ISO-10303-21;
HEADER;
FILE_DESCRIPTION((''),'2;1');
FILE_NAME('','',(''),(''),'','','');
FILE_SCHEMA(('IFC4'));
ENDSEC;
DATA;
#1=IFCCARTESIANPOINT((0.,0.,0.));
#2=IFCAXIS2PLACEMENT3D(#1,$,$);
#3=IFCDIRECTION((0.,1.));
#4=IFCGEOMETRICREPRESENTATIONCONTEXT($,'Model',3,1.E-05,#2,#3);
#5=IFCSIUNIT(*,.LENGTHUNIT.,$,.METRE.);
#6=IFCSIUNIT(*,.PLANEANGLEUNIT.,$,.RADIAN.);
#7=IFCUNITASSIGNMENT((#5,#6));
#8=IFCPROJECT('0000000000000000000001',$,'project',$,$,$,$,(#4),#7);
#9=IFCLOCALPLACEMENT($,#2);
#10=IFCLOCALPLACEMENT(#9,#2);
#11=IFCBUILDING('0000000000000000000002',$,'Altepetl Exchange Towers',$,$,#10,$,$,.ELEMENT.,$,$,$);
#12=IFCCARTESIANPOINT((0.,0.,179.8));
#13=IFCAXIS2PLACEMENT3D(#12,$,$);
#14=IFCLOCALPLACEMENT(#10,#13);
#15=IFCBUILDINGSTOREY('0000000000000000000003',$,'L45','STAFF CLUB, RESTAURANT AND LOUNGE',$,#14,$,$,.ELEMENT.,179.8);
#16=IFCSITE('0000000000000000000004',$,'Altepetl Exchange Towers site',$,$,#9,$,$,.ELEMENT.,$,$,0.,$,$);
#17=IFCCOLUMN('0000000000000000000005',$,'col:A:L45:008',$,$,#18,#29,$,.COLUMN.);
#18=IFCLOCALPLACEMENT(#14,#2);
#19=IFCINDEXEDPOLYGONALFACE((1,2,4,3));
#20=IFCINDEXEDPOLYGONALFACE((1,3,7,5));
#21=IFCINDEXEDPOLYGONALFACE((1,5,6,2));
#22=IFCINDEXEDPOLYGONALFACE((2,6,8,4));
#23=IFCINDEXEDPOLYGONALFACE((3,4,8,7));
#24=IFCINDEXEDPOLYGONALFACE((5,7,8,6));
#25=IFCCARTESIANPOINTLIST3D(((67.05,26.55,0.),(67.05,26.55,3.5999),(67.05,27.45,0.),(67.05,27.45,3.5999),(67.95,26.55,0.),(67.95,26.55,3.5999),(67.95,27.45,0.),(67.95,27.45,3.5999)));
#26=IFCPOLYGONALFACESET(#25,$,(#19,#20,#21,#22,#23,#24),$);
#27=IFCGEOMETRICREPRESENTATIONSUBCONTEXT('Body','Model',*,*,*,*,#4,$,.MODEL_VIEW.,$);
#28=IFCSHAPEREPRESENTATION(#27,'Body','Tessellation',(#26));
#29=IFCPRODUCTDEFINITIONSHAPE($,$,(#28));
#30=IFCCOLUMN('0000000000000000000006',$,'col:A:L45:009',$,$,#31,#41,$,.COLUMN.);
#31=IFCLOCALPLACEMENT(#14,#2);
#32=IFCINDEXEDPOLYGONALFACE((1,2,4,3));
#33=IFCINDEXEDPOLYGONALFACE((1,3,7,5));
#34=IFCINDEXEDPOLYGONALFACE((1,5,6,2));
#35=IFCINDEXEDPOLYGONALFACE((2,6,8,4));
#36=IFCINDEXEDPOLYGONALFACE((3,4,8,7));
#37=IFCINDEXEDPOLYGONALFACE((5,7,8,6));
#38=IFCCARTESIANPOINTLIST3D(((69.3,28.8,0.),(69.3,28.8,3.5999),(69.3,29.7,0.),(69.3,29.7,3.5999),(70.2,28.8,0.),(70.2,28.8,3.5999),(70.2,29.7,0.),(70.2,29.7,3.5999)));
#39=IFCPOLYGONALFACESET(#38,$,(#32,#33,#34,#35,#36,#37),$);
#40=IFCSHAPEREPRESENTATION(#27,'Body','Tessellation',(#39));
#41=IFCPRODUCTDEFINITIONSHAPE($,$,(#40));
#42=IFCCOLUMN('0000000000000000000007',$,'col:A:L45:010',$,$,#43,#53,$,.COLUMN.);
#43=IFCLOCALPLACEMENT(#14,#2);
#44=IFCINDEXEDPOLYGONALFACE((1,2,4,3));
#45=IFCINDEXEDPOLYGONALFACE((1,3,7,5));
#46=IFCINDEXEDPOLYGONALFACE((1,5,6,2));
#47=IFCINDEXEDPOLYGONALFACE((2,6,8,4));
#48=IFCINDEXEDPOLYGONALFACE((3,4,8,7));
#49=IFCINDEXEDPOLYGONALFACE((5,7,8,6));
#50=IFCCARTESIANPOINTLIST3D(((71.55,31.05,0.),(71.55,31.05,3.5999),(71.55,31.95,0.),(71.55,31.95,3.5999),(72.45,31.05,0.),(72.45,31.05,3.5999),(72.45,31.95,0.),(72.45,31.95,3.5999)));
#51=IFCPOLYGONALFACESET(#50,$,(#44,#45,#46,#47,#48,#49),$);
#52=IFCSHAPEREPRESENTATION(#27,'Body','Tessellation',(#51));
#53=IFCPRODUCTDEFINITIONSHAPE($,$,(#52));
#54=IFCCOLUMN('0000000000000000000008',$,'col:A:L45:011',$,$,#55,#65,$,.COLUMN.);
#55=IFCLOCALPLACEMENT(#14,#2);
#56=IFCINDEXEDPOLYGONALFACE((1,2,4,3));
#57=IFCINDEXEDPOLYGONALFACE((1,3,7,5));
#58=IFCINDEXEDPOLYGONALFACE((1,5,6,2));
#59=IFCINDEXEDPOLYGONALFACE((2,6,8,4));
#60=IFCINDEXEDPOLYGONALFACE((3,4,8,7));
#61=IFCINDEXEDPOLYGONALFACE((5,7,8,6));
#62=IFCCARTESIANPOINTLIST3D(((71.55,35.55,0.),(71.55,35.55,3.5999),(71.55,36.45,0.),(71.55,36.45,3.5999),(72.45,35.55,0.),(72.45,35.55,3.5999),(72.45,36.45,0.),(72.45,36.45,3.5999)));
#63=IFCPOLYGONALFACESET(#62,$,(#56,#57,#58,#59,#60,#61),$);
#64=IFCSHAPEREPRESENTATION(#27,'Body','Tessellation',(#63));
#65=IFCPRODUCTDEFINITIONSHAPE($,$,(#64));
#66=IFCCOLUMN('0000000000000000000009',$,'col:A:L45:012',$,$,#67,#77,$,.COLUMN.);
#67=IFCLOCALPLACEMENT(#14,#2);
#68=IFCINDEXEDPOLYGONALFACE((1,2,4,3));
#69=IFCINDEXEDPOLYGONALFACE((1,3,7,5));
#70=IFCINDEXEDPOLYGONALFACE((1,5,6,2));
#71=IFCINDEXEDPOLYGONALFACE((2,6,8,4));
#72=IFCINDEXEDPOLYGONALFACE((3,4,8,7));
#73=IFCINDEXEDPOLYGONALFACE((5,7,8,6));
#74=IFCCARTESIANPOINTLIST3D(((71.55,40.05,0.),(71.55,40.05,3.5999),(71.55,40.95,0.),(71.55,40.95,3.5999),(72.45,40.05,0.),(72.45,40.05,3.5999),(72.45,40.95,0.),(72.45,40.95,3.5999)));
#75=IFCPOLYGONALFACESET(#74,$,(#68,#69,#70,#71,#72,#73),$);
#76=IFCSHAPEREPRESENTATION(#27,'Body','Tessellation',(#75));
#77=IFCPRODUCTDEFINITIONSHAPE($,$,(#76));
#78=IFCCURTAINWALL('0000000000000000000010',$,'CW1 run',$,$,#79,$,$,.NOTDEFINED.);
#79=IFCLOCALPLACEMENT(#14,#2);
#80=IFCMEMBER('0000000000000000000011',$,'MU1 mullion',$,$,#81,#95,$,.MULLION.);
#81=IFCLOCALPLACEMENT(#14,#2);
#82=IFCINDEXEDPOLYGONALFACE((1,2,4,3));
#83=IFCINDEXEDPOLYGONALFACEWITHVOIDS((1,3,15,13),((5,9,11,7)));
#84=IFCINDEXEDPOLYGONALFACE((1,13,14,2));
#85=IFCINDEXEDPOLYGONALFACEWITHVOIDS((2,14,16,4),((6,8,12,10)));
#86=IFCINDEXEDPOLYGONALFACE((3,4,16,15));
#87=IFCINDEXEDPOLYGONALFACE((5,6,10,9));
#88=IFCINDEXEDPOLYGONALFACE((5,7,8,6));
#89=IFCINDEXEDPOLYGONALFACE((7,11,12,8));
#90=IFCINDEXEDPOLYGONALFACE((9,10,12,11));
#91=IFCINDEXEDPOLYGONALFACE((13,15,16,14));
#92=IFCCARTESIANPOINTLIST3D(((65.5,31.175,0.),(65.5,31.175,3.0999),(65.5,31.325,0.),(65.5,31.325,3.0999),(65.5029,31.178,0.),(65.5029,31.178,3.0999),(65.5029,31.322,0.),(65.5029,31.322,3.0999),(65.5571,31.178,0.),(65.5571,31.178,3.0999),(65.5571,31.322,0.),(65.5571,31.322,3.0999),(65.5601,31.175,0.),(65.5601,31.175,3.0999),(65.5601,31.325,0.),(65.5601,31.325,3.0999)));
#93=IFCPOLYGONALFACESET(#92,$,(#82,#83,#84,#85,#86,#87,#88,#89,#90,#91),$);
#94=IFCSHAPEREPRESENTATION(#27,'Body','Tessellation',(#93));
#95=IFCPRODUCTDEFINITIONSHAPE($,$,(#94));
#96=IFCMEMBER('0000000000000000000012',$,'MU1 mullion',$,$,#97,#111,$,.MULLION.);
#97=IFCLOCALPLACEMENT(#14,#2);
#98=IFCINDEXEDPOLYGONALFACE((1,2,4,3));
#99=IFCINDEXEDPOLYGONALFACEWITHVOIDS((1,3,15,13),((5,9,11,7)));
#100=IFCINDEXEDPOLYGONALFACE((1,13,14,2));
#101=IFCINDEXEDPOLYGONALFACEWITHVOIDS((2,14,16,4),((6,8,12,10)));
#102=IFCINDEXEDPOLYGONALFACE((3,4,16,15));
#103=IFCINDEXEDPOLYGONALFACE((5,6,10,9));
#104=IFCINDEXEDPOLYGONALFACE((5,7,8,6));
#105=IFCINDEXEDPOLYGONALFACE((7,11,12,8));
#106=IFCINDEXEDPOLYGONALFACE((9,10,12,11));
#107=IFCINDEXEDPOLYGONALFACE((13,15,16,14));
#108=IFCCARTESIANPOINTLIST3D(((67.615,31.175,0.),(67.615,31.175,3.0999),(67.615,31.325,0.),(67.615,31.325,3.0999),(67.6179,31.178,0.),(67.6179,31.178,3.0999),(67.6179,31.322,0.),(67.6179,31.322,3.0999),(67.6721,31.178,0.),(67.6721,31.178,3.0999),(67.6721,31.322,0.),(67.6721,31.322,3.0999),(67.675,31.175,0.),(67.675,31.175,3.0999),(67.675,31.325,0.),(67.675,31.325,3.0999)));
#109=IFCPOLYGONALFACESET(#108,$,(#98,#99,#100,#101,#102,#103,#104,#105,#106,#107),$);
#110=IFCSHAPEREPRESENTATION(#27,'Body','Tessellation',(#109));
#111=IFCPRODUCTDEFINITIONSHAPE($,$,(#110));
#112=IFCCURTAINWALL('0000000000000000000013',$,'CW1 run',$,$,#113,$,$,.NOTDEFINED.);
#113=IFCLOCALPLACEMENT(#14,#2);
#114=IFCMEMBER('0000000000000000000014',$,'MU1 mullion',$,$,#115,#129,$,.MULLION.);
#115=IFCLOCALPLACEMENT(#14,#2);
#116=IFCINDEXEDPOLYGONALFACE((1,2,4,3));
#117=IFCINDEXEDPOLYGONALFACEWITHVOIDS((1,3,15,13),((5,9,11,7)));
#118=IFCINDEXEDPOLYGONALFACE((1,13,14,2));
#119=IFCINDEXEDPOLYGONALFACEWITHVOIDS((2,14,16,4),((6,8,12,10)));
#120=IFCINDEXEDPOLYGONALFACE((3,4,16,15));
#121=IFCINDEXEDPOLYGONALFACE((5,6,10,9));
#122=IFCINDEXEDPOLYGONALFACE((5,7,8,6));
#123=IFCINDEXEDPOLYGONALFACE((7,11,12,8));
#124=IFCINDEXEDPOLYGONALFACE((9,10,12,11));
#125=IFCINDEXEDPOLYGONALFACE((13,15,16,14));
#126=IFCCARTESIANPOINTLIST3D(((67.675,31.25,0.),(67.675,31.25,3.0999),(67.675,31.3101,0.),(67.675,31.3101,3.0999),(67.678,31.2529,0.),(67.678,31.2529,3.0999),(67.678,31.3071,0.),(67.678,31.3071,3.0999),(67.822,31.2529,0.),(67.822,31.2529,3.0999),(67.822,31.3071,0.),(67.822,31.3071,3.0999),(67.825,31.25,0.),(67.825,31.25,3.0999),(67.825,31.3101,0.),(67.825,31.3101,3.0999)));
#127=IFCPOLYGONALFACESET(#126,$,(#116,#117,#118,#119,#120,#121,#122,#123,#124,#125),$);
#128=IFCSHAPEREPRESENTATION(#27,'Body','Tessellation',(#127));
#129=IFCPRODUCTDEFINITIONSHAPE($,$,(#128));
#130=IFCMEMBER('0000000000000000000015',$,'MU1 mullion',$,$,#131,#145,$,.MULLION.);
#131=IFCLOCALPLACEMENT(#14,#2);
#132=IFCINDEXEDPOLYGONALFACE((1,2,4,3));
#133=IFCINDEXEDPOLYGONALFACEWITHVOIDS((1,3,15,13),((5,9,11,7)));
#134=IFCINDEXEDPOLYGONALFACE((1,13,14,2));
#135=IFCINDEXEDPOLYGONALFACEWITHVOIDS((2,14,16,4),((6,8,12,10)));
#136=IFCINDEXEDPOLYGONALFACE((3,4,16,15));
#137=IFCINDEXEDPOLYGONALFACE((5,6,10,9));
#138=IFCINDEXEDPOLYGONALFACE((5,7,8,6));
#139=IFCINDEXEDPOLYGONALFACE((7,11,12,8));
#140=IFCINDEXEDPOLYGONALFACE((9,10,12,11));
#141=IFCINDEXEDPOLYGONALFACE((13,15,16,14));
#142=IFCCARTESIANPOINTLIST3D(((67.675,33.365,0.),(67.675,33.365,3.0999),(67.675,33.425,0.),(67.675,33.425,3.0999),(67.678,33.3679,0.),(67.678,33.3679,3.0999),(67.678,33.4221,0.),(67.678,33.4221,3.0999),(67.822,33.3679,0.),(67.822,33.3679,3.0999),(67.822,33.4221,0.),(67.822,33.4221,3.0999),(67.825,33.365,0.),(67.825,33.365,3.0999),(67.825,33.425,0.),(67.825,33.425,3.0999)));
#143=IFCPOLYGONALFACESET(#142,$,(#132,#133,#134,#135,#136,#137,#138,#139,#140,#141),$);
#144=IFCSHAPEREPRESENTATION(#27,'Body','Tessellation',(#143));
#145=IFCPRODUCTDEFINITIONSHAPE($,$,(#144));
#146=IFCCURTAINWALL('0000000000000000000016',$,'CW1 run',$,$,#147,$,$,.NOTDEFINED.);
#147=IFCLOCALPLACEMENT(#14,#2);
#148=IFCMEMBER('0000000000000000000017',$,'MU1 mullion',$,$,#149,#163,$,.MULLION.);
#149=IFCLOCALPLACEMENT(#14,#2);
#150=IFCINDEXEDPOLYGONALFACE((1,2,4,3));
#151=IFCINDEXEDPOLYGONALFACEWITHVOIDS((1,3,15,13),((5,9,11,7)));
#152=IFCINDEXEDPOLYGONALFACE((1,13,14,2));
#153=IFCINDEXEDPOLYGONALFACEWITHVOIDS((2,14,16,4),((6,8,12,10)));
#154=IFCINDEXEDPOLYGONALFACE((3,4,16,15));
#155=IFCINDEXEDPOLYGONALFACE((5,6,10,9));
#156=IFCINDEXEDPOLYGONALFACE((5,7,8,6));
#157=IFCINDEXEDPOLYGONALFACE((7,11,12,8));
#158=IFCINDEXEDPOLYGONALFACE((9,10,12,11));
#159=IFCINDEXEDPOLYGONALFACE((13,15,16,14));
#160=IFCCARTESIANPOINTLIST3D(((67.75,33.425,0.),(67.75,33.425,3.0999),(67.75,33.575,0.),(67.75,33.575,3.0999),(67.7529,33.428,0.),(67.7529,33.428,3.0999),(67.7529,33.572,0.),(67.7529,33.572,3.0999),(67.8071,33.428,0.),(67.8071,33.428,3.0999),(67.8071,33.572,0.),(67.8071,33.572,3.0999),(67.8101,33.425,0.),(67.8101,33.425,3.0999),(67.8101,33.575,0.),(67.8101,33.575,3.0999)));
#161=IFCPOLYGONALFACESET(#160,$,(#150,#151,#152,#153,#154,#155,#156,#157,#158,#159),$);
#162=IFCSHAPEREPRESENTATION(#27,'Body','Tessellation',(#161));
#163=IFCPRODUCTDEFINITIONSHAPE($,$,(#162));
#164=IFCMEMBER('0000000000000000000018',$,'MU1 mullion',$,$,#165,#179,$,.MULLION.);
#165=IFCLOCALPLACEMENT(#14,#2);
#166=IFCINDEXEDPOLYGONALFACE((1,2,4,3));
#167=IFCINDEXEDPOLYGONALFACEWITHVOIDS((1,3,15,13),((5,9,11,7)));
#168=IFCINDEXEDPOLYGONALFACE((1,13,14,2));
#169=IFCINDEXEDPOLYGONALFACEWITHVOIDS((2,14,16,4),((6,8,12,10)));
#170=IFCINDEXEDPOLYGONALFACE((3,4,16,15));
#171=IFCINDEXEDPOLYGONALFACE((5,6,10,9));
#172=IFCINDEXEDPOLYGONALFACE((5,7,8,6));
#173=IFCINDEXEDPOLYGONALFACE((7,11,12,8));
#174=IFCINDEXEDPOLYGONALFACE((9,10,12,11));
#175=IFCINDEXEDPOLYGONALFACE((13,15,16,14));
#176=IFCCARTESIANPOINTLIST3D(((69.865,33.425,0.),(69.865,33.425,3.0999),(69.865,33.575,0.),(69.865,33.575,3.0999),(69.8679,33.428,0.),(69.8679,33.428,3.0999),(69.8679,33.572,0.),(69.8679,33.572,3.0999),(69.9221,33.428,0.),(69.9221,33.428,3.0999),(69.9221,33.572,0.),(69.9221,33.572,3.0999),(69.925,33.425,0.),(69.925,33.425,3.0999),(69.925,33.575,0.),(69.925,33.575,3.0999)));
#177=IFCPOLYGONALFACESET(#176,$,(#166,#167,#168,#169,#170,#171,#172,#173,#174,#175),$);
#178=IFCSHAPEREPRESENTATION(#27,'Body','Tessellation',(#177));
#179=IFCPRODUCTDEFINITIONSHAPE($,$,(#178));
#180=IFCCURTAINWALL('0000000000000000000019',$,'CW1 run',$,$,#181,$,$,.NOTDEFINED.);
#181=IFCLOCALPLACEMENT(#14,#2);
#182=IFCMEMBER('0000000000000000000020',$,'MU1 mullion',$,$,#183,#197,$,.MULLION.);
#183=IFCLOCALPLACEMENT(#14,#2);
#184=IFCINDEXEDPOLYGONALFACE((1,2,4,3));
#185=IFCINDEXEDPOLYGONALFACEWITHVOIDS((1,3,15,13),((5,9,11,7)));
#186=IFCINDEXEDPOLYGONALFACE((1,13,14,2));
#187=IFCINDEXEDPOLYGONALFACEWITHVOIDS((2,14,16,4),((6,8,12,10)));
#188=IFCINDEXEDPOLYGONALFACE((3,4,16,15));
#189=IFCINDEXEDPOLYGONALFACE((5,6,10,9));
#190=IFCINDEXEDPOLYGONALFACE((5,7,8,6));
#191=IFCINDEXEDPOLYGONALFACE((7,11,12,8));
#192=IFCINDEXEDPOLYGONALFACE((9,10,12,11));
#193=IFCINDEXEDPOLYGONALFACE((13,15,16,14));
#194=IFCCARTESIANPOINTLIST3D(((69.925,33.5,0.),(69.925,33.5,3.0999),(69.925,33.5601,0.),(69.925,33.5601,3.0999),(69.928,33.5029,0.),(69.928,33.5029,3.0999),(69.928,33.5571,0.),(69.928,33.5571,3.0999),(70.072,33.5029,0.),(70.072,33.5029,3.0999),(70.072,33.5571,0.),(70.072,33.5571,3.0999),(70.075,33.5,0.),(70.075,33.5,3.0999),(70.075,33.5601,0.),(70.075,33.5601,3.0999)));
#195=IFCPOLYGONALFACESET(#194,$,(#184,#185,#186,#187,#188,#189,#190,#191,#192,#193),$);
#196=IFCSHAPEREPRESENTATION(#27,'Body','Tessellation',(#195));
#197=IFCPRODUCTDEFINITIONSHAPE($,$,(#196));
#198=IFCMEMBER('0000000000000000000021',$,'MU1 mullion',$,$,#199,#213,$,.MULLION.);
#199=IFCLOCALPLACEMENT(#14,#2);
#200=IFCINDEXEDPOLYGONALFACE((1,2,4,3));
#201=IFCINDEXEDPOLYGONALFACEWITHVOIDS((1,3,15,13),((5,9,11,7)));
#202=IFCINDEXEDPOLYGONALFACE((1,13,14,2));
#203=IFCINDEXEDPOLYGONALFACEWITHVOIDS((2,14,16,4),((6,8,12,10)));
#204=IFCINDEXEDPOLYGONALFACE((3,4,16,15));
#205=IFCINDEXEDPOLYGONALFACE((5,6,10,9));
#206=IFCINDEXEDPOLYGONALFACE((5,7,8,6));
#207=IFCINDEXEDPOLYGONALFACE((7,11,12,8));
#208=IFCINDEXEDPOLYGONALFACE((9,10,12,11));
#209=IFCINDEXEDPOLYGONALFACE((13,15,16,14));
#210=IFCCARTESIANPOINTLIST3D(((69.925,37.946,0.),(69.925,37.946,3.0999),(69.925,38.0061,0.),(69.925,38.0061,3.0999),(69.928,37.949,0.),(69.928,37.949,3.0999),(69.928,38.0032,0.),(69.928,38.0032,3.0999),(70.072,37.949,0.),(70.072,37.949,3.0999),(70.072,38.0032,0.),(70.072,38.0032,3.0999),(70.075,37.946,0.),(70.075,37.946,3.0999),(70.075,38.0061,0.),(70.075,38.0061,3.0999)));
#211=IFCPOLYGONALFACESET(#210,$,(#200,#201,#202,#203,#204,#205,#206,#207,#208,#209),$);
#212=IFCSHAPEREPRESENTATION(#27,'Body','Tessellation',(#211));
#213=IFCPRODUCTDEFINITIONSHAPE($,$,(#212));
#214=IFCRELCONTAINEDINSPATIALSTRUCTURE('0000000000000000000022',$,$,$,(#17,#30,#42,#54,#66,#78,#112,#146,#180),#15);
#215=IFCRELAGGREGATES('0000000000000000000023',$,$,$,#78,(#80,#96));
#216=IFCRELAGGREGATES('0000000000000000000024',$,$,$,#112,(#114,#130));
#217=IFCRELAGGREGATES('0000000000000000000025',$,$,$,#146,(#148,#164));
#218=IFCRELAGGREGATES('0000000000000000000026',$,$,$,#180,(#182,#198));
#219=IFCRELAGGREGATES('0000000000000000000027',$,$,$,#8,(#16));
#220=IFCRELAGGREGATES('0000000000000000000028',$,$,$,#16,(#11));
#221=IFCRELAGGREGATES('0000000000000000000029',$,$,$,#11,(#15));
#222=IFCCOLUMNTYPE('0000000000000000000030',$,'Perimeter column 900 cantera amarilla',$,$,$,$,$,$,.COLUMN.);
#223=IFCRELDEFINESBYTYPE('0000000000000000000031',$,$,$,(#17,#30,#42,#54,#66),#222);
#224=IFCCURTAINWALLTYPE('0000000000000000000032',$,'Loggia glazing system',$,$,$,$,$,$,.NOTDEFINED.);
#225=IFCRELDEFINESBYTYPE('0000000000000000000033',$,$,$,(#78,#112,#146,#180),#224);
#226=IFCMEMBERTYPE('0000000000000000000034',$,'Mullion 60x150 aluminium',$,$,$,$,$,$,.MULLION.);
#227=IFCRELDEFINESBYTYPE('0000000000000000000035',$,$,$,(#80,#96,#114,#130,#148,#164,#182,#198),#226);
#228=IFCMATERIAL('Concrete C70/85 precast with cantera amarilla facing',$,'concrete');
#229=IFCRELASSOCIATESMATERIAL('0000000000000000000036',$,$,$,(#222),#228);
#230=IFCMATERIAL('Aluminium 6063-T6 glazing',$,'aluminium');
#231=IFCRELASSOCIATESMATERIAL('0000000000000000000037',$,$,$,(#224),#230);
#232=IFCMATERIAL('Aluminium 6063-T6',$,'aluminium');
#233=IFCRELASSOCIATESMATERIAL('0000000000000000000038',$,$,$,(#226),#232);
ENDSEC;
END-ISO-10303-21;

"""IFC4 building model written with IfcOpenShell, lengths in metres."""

from ifc_helpers import new_model, si_unit, direction, frame, origin, origin_2d, place, context, subcontext, project, spatial, rectangle, hollow_rectangle, extrude, material, material_profile, profile_set, type_object, element, aggregate, save


model = new_model("IFC4")

# Units and contexts
model_context = context("Model", 3, precision=1e-05, world=origin(), true_north=direction((0.0, 1.0)))
body_context = subcontext(model_context, "Body", "Model", "MODEL_VIEW")
ifc_project = project(units=[si_unit("LENGTHUNIT", "METRE"), si_unit("PLANEANGLEUNIT", "RADIAN")], contexts=[model_context])

# Site, building, storey
site_placement = place(None, origin())
site = spatial("IfcSite", under=ifc_project, at=site_placement, Name="Altepetl Exchange Towers site", CompositionType="ELEMENT", RefElevation=0.0)
building_placement = place(site_placement, origin())
building = spatial("IfcBuilding", under=site, at=building_placement, Name="Altepetl Exchange Towers", CompositionType="ELEMENT")
storey_placement = place(building_placement, frame((0.0, 0.0, 179.8)))
storey = spatial("IfcBuildingStorey", under=building, at=storey_placement, Name="L45", Description="STAFF CLUB, RESTAURANT AND LOUNGE", CompositionType="ELEMENT", Elevation=179.8)

# Columns
ifc_material_1 = material(Name="Concrete C70/85 precast with cantera amarilla facing", Category="concrete")
ifc_material_profile_1 = material_profile(ifc_material_1, rectangle(XDim=0.8999, YDim=0.8999, at=origin_2d()), Name="900 x 900")
ifc_profile_set_1 = profile_set([ifc_material_profile_1], Name="Concrete C70/85 precast with cantera amarilla facing")
column_type = type_object("IfcColumnType", Name="Perimeter column 900 cantera amarilla", PredefinedType="COLUMN", material=ifc_profile_set_1)
for number, where, name in (
    (1, (67.5, 27.0, 0.0), "col:A:L45:008"),
    (2, (69.75, 29.25, 0.0), "col:A:L45:009"),
    (3, (72.0, 31.5, 0.0), "col:A:L45:010"),
    (4, (72.0, 36.0, 0.0), "col:A:L45:011"),
    (5, (72.0, 40.5, 0.0), "col:A:L45:012"),
):
    element("IfcColumn", number, at=place(storey_placement, frame(where)), inside=storey, type_object=column_type, Name=name, PredefinedType="COLUMN", context=body_context, shape_type="SweptSolid", body=[
        extrude(rectangle(XDim=0.8999, YDim=0.8999, at=origin_2d()), origin(), (0.0, 0.0, 1.0), 3.5999),
    ])

# Curtain walls, members
ifc_material_2 = material(Name="Aluminium 6063-T6 glazing", Category="aluminium")
curtain_wall_type = type_object("IfcCurtainWallType", Name="Loggia glazing system", PredefinedType="NOTDEFINED", material=ifc_material_2)
curtain_wall_1_placement = place(storey_placement, origin())
curtain_wall_1 = element("IfcCurtainWall", 6, at=curtain_wall_1_placement, inside=storey, type_object=curtain_wall_type, Name="CW1 run", PredefinedType="NOTDEFINED")
ifc_material_3 = material(Name="Aluminium 6063-T6", Category="aluminium")
ifc_material_profile_2 = material_profile(ifc_material_3, hollow_rectangle(XDim=0.0601, YDim=0.1499, WallThickness=0.0029, at=origin_2d()), Name="Mullion 60x150 aluminium")
ifc_profile_set_2 = profile_set([ifc_material_profile_2], Name="Aluminium 6063-T6")
member_type = type_object("IfcMemberType", Name="Mullion 60x150 aluminium", PredefinedType="MULLION", material=ifc_profile_set_2)
member_1_placement = place(storey_placement, frame((65.53, 31.25, 0.0)))
member_1 = element("IfcMember", 7, at=member_1_placement, type_object=member_type, Name="MU1 mullion", PredefinedType="MULLION", context=body_context, shape_type="SweptSolid", body=[
    extrude(hollow_rectangle(XDim=0.0601, YDim=0.1499, WallThickness=0.0029, at=origin_2d()), origin(), (0.0, 0.0, 1.0), 3.0999),
])
member_2_placement = place(storey_placement, frame((67.645, 31.25, 0.0)))
member_2 = element("IfcMember", 8, at=member_2_placement, type_object=member_type, Name="MU1 mullion", PredefinedType="MULLION", context=body_context, shape_type="SweptSolid", body=[
    extrude(hollow_rectangle(XDim=0.0601, YDim=0.1499, WallThickness=0.0029, at=origin_2d()), origin(), (0.0, 0.0, 1.0), 3.0999),
])
curtain_wall_2_placement = place(storey_placement, origin())
curtain_wall_2 = element("IfcCurtainWall", 9, at=curtain_wall_2_placement, inside=storey, type_object=curtain_wall_type, Name="CW1 run", PredefinedType="NOTDEFINED")
member_3_placement = place(storey_placement, frame((67.75, 31.28, 0.0), z_axis=(0.0, 0.0, 1.0), x_axis=(0.0, 1.0, 0.0)))
member_3 = element("IfcMember", 10, at=member_3_placement, type_object=member_type, Name="MU1 mullion", PredefinedType="MULLION", context=body_context, shape_type="SweptSolid", body=[
    extrude(hollow_rectangle(XDim=0.0601, YDim=0.1499, WallThickness=0.0029, at=origin_2d()), origin(), (0.0, 0.0, 1.0), 3.0999),
])
member_4_placement = place(storey_placement, frame((67.75, 33.395, 0.0), z_axis=(0.0, 0.0, 1.0), x_axis=(0.0, 1.0, 0.0)))
member_4 = element("IfcMember", 11, at=member_4_placement, type_object=member_type, Name="MU1 mullion", PredefinedType="MULLION", context=body_context, shape_type="SweptSolid", body=[
    extrude(hollow_rectangle(XDim=0.0601, YDim=0.1499, WallThickness=0.0029, at=origin_2d()), origin(), (0.0, 0.0, 1.0), 3.0999),
])
curtain_wall_3_placement = place(storey_placement, origin())
curtain_wall_3 = element("IfcCurtainWall", 12, at=curtain_wall_3_placement, inside=storey, type_object=curtain_wall_type, Name="CW1 run", PredefinedType="NOTDEFINED")
member_5_placement = place(storey_placement, frame((67.78, 33.5, 0.0)))
member_5 = element("IfcMember", 13, at=member_5_placement, type_object=member_type, Name="MU1 mullion", PredefinedType="MULLION", context=body_context, shape_type="SweptSolid", body=[
    extrude(hollow_rectangle(XDim=0.0601, YDim=0.1499, WallThickness=0.0029, at=origin_2d()), origin(), (0.0, 0.0, 1.0), 3.0999),
])
member_6_placement = place(storey_placement, frame((69.895, 33.5, 0.0)))
member_6 = element("IfcMember", 14, at=member_6_placement, type_object=member_type, Name="MU1 mullion", PredefinedType="MULLION", context=body_context, shape_type="SweptSolid", body=[
    extrude(hollow_rectangle(XDim=0.0601, YDim=0.1499, WallThickness=0.0029, at=origin_2d()), origin(), (0.0, 0.0, 1.0), 3.0999),
])
curtain_wall_4_placement = place(storey_placement, origin())
curtain_wall_4 = element("IfcCurtainWall", 15, at=curtain_wall_4_placement, inside=storey, type_object=curtain_wall_type, Name="CW1 run", PredefinedType="NOTDEFINED")
member_7_placement = place(storey_placement, frame((70.0, 33.53, 0.0), z_axis=(0.0, 0.0, 1.0), x_axis=(0.0, 1.0, 0.0)))
member_7 = element("IfcMember", 16, at=member_7_placement, type_object=member_type, Name="MU1 mullion", PredefinedType="MULLION", context=body_context, shape_type="SweptSolid", body=[
    extrude(hollow_rectangle(XDim=0.0601, YDim=0.1499, WallThickness=0.0029, at=origin_2d()), origin(), (0.0, 0.0, 1.0), 3.0999),
])
member_8_placement = place(storey_placement, frame((70.0, 37.9761, 0.0), z_axis=(0.0, 0.0, 1.0), x_axis=(0.0, 1.0, 0.0)))
member_8 = element("IfcMember", 17, at=member_8_placement, type_object=member_type, Name="MU1 mullion", PredefinedType="MULLION", context=body_context, shape_type="SweptSolid", body=[
    extrude(hollow_rectangle(XDim=0.0601, YDim=0.1499, WallThickness=0.0029, at=origin_2d()), origin(), (0.0, 0.0, 1.0), 3.0999),
])

aggregate(curtain_wall_1, [member_1, member_2])
aggregate(curtain_wall_2, [member_3, member_4])
aggregate(curtain_wall_3, [member_5, member_6])
aggregate(curtain_wall_4, [member_7, member_8])

save(model, "model.ifc")
